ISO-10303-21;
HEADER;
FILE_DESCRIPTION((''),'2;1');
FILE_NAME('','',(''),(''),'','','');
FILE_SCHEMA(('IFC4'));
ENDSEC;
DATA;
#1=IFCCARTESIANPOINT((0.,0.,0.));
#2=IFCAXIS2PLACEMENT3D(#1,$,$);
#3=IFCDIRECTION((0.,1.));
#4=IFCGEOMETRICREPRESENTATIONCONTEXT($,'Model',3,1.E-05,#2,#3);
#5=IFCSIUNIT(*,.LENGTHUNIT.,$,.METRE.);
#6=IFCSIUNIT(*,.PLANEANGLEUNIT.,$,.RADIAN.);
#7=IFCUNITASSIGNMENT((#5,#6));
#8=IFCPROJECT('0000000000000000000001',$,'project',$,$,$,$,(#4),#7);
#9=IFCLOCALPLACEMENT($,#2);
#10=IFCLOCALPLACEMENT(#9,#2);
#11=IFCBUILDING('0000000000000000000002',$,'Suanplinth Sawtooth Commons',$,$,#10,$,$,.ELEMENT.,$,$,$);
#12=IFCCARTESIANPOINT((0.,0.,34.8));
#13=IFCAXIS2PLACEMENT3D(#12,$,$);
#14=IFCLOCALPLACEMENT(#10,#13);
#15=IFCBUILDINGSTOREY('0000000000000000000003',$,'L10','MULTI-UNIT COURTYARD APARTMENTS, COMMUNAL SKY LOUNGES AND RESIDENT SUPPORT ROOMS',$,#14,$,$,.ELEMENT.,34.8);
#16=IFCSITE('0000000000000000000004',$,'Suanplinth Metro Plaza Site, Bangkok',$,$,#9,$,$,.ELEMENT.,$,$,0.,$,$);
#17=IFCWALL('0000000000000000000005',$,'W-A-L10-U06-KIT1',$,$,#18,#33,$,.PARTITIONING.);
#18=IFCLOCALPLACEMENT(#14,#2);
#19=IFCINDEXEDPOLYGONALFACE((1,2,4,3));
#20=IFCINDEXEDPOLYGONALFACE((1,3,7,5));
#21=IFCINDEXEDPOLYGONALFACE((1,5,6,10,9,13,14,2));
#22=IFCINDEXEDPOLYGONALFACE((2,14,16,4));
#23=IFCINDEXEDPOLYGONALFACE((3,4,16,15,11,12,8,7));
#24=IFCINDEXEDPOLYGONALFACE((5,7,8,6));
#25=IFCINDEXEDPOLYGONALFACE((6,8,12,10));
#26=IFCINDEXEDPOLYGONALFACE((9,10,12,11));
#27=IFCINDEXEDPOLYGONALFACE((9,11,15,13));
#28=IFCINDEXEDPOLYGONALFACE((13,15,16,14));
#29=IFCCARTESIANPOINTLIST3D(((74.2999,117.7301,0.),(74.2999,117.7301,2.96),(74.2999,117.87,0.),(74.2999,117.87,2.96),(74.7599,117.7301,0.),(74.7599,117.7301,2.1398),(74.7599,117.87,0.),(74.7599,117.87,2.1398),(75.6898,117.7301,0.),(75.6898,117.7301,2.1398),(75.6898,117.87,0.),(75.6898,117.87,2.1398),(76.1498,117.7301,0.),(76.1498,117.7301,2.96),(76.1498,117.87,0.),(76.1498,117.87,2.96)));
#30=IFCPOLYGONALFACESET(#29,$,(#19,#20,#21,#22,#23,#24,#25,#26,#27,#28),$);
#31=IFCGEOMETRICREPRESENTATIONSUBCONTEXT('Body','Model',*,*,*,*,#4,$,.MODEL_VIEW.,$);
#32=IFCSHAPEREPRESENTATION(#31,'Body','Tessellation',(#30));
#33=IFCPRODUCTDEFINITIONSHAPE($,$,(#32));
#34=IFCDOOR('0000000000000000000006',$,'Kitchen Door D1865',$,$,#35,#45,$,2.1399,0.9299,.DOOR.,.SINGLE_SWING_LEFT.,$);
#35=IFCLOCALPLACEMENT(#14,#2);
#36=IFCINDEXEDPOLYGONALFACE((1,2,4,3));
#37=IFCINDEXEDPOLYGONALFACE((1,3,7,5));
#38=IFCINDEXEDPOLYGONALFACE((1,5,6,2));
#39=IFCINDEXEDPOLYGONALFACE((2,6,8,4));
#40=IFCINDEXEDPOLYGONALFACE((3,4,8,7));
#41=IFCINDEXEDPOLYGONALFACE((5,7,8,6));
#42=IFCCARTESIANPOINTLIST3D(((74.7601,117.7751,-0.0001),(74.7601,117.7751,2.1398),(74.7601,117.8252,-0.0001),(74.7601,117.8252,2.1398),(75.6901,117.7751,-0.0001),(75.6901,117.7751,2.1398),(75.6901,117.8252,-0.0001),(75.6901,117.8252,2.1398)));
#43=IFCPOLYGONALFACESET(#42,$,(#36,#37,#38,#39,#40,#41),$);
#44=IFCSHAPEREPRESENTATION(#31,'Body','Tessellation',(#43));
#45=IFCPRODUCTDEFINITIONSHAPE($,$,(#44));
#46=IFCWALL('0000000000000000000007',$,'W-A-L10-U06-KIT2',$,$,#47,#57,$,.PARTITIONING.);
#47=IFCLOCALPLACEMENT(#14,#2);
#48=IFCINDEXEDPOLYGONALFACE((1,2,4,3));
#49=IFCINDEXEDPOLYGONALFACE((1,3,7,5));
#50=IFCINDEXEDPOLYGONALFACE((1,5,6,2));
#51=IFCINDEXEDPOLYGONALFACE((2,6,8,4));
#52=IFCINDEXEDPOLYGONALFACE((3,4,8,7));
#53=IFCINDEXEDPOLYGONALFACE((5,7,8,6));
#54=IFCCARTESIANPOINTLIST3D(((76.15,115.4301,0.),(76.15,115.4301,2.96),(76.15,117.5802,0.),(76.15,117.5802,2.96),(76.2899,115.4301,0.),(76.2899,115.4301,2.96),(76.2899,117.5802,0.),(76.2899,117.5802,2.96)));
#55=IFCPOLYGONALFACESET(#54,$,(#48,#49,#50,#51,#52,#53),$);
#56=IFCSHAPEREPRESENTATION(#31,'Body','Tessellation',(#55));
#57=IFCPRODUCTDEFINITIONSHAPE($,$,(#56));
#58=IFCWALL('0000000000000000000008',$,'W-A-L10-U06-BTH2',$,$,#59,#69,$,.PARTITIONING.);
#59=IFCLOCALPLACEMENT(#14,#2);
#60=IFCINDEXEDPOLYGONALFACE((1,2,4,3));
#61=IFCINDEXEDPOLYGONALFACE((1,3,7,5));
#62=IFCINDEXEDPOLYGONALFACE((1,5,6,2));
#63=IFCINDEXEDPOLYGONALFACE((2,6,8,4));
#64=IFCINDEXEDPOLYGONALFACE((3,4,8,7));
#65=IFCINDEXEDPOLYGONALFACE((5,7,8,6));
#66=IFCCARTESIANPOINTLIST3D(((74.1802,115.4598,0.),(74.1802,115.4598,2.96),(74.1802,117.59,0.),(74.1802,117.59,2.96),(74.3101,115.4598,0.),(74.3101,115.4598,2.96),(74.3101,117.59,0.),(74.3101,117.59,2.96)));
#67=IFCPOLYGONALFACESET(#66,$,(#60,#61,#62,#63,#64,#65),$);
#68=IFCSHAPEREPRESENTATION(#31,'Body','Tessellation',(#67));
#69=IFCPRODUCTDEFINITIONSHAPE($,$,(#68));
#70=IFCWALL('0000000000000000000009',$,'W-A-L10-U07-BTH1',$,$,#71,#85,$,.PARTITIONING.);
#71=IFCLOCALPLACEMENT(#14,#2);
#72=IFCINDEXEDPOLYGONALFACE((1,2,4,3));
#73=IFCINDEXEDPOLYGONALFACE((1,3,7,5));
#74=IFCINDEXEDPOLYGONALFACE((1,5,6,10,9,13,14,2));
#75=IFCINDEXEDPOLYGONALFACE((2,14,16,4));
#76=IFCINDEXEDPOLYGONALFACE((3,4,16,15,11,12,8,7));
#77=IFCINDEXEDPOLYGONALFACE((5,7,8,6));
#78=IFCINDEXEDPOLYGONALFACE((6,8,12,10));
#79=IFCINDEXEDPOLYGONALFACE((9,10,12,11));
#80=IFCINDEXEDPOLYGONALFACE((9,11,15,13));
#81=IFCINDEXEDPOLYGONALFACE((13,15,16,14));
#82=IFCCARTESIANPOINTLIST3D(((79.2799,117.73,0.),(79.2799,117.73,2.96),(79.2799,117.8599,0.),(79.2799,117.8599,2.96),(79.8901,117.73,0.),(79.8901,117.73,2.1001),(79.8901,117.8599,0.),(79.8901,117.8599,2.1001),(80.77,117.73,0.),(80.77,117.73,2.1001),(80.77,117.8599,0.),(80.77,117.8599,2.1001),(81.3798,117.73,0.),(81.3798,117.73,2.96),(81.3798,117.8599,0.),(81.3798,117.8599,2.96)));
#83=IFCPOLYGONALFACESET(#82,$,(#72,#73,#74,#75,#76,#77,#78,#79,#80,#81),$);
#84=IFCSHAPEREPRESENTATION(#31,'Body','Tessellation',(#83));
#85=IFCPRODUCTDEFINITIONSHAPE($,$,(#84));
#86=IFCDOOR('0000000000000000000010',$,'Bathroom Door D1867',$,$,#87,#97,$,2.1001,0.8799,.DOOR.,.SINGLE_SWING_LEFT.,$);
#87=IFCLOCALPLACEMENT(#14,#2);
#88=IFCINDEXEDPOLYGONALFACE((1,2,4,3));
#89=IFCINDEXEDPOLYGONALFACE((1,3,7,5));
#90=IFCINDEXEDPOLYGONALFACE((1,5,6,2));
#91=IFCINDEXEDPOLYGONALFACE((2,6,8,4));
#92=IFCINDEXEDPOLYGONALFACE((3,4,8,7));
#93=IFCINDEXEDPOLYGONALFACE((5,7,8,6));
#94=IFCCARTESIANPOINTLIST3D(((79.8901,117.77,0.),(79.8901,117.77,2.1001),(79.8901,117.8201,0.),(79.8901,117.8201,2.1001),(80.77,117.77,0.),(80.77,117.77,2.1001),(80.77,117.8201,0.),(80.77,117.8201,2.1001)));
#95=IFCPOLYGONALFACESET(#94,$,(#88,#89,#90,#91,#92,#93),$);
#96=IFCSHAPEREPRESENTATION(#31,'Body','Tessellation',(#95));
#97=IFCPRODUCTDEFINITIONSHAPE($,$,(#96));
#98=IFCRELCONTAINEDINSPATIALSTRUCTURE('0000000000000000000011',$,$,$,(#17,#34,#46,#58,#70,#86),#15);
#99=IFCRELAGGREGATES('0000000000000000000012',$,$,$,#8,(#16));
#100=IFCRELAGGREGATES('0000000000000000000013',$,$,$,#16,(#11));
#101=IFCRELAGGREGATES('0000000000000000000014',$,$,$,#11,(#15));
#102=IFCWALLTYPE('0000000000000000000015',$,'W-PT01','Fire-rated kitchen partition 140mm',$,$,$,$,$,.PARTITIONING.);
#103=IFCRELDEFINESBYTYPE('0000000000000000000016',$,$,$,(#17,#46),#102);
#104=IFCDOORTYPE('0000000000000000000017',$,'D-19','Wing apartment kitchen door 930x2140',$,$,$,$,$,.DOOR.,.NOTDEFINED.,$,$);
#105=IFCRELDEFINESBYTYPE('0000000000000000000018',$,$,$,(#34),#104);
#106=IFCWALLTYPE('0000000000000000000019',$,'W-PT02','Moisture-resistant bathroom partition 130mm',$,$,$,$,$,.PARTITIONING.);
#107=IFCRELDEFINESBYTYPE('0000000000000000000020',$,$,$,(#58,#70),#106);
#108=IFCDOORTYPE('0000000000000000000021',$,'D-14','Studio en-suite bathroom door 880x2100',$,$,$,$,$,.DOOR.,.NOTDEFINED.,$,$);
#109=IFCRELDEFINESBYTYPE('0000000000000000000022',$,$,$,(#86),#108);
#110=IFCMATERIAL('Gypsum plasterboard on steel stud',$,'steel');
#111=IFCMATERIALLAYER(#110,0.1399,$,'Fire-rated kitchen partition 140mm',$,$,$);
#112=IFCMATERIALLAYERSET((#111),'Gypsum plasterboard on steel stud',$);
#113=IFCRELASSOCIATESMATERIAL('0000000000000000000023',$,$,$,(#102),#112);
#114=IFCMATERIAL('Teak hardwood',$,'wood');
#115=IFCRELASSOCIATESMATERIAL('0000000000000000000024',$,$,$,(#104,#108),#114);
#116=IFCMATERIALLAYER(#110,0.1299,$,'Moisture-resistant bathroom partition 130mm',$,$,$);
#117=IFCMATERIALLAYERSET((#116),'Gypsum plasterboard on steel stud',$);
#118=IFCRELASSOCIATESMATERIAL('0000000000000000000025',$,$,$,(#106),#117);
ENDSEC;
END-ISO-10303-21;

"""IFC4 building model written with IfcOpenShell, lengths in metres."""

from ifc_helpers import new_model, si_unit, direction, frame, frame_2d, origin, place, context, subcontext, project, spatial, rectangle, extrude, material, layer, layer_set, type_object, element, fill, save


model = new_model("IFC4")

# Units and contexts
model_context = context("Model", 3, precision=1e-05, world=origin(), true_north=direction((0.0, 1.0)))
body_context = subcontext(model_context, "Body", "Model", "MODEL_VIEW")
ifc_project = project(units=[si_unit("LENGTHUNIT", "METRE"), si_unit("PLANEANGLEUNIT", "RADIAN")], contexts=[model_context])

# Site, building, storey
site_placement = place(None, origin())
site = spatial("IfcSite", under=ifc_project, at=site_placement, Name="Suanplinth Metro Plaza Site, Bangkok", CompositionType="ELEMENT", RefElevation=0.0)
building_placement = place(site_placement, origin())
building = spatial("IfcBuilding", under=site, at=building_placement, Name="Suanplinth Sawtooth Commons", CompositionType="ELEMENT")
storey_placement = place(building_placement, frame((0.0, 0.0, 34.8)))
storey = spatial("IfcBuildingStorey", under=building, at=storey_placement, Name="L10", Description="MULTI-UNIT COURTYARD APARTMENTS, COMMUNAL SKY LOUNGES AND RESIDENT SUPPORT ROOMS", CompositionType="ELEMENT", Elevation=34.8)

# Shared definitions
ifc_material_1 = material(Name="Teak hardwood", Category="wood")

# Wall, opening, door
ifc_material_2 = material(Name="Gypsum plasterboard on steel stud", Category="steel")
ifc_layer_1 = layer(ifc_material_2, 0.1399, Name="Fire-rated kitchen partition 140mm")
ifc_layer_set_1 = layer_set([ifc_layer_1], Name="Gypsum plasterboard on steel stud")
wall_type_1 = type_object("IfcWallType", Name="W-PT01", Description="Fire-rated kitchen partition 140mm", PredefinedType="PARTITIONING", material=ifc_layer_set_1)
wall_1_placement = place(storey_placement, frame((74.3, 117.8, 0.0), z_axis=(0.0, 0.0, 1.0), x_axis=(1.0, 0.0, 0.0)))
wall_1 = element("IfcWall", 1, at=wall_1_placement, inside=storey, type_object=wall_type_1, Name="W-A-L10-U06-KIT1", PredefinedType="PARTITIONING", context=body_context, shape_type="SweptSolid", body=[
    extrude(rectangle(XDim=1.8499, YDim=0.1399, at=frame_2d((0.9248, 0.0))), origin(), (0.0, 0.0, 1.0), 2.96),
])
opening_1_placement = place(wall_1_placement, frame((0.46, 0.0, 0.0)))
opening_1 = element("IfcOpeningElement", 2, at=opening_1_placement, cuts=wall_1, PredefinedType="OPENING", context=body_context, shape_type="SweptSolid", body=[
    extrude(rectangle(XDim=0.9299, YDim=2.1399, at=frame_2d((0.4648, 1.0698))), frame((0.0, 0.085, 0.0), z_axis=(0.0, -1.0, 0.0), x_axis=(1.0, 0.0, 0.0)), (0.0, 0.0, 1.0), 0.1697),
])
door_type_1 = type_object("IfcDoorType", Name="D-19", Description="Wing apartment kitchen door 930x2140", OperationType="NOTDEFINED", PredefinedType="DOOR", material=ifc_material_1)
door_1_placement = place(opening_1_placement, frame((0.9299, 0.0, 0.0), z_axis=(0.0, 0.0, 1.0), x_axis=(-1.0, 0.0, 0.0)))
door_1 = element("IfcDoor", 3, at=door_1_placement, inside=storey, type_object=door_type_1, Name="Kitchen Door D1865", OperationType="SINGLE_SWING_LEFT", OverallHeight=2.1399, OverallWidth=0.9299, PredefinedType="DOOR", context=body_context, shape_type="SweptSolid", body=[
    extrude(rectangle(XDim=0.9299, YDim=2.1399, at=frame_2d((0.4648, 1.0698))), frame((0.0, 0.0249, 0.0), z_axis=(0.0, -1.0, 0.0), x_axis=(1.0, 0.0, 0.0)), (0.0, 0.0, 1.0), 0.05),
])
fill(opening_1, door_1)

# Walls
wall_2_placement = place(storey_placement, frame((76.22, 115.4299, 0.0), z_axis=(0.0, 0.0, 1.0), x_axis=(0.0, 1.0, 0.0)))
element("IfcWall", 4, at=wall_2_placement, inside=storey, type_object=wall_type_1, Name="W-A-L10-U06-KIT2", PredefinedType="PARTITIONING", context=body_context, shape_type="SweptSolid", body=[
    extrude(rectangle(XDim=2.1501, YDim=0.1399, at=frame_2d((1.0752, 0.0))), origin(), (0.0, 0.0, 1.0), 2.96),
])
ifc_layer_2 = layer(ifc_material_2, 0.1299, Name="Moisture-resistant bathroom partition 130mm")
ifc_layer_set_2 = layer_set([ifc_layer_2], Name="Gypsum plasterboard on steel stud")
wall_type_2 = type_object("IfcWallType", Name="W-PT02", Description="Moisture-resistant bathroom partition 130mm", PredefinedType="PARTITIONING", material=ifc_layer_set_2)
wall_3_placement = place(storey_placement, frame((74.2451, 115.46, 0.0), z_axis=(0.0, 0.0, 1.0), x_axis=(0.0, 1.0, 0.0)))
element("IfcWall", 5, at=wall_3_placement, inside=storey, type_object=wall_type_2, Name="W-A-L10-U06-BTH2", PredefinedType="PARTITIONING", context=body_context, shape_type="SweptSolid", body=[
    extrude(rectangle(XDim=2.1301, YDim=0.1299, at=frame_2d((1.0649, 0.0))), origin(), (0.0, 0.0, 1.0), 2.96),
])

# Wall, opening, door
wall_4_placement = place(storey_placement, frame((79.28, 117.7949, 0.0), z_axis=(0.0, 0.0, 1.0), x_axis=(1.0, 0.0, 0.0)))
wall_4 = element("IfcWall", 6, at=wall_4_placement, inside=storey, type_object=wall_type_2, Name="W-A-L10-U07-BTH1", PredefinedType="PARTITIONING", context=body_context, shape_type="SweptSolid", body=[
    extrude(rectangle(XDim=2.0999, YDim=0.1299, at=frame_2d((1.0498, 0.0))), origin(), (0.0, 0.0, 1.0), 2.96),
])
opening_2_placement = place(wall_4_placement, frame((0.6101, 0.0, 0.0)))
opening_2 = element("IfcOpeningElement", 7, at=opening_2_placement, cuts=wall_4, PredefinedType="OPENING", context=body_context, shape_type="SweptSolid", body=[
    extrude(rectangle(XDim=0.8799, YDim=2.1001, at=frame_2d((0.4399, 1.05))), frame((0.0, 0.0798, 0.0), z_axis=(0.0, -1.0, 0.0), x_axis=(1.0, 0.0, 0.0)), (0.0, 0.0, 1.0), 0.1597),
])
door_type_2 = type_object("IfcDoorType", Name="D-14", Description="Studio en-suite bathroom door 880x2100", OperationType="NOTDEFINED", PredefinedType="DOOR", material=ifc_material_1)
door_2_placement = place(opening_2_placement, frame((0.8799, 0.0, 0.0), z_axis=(0.0, 0.0, 1.0), x_axis=(-1.0, 0.0, 0.0)))
door_2 = element("IfcDoor", 8, at=door_2_placement, inside=storey, type_object=door_type_2, Name="Bathroom Door D1867", OperationType="SINGLE_SWING_LEFT", OverallHeight=2.1001, OverallWidth=0.8799, PredefinedType="DOOR", context=body_context, shape_type="SweptSolid", body=[
    extrude(rectangle(XDim=0.8799, YDim=2.1001, at=frame_2d((0.4399, 1.05))), frame((0.0, 0.0249, 0.0), z_axis=(0.0, -1.0, 0.0), x_axis=(1.0, 0.0, 0.0)), (0.0, 0.0, 1.0), 0.05),
])
fill(opening_2, door_2)

save(model, "model.ifc")
